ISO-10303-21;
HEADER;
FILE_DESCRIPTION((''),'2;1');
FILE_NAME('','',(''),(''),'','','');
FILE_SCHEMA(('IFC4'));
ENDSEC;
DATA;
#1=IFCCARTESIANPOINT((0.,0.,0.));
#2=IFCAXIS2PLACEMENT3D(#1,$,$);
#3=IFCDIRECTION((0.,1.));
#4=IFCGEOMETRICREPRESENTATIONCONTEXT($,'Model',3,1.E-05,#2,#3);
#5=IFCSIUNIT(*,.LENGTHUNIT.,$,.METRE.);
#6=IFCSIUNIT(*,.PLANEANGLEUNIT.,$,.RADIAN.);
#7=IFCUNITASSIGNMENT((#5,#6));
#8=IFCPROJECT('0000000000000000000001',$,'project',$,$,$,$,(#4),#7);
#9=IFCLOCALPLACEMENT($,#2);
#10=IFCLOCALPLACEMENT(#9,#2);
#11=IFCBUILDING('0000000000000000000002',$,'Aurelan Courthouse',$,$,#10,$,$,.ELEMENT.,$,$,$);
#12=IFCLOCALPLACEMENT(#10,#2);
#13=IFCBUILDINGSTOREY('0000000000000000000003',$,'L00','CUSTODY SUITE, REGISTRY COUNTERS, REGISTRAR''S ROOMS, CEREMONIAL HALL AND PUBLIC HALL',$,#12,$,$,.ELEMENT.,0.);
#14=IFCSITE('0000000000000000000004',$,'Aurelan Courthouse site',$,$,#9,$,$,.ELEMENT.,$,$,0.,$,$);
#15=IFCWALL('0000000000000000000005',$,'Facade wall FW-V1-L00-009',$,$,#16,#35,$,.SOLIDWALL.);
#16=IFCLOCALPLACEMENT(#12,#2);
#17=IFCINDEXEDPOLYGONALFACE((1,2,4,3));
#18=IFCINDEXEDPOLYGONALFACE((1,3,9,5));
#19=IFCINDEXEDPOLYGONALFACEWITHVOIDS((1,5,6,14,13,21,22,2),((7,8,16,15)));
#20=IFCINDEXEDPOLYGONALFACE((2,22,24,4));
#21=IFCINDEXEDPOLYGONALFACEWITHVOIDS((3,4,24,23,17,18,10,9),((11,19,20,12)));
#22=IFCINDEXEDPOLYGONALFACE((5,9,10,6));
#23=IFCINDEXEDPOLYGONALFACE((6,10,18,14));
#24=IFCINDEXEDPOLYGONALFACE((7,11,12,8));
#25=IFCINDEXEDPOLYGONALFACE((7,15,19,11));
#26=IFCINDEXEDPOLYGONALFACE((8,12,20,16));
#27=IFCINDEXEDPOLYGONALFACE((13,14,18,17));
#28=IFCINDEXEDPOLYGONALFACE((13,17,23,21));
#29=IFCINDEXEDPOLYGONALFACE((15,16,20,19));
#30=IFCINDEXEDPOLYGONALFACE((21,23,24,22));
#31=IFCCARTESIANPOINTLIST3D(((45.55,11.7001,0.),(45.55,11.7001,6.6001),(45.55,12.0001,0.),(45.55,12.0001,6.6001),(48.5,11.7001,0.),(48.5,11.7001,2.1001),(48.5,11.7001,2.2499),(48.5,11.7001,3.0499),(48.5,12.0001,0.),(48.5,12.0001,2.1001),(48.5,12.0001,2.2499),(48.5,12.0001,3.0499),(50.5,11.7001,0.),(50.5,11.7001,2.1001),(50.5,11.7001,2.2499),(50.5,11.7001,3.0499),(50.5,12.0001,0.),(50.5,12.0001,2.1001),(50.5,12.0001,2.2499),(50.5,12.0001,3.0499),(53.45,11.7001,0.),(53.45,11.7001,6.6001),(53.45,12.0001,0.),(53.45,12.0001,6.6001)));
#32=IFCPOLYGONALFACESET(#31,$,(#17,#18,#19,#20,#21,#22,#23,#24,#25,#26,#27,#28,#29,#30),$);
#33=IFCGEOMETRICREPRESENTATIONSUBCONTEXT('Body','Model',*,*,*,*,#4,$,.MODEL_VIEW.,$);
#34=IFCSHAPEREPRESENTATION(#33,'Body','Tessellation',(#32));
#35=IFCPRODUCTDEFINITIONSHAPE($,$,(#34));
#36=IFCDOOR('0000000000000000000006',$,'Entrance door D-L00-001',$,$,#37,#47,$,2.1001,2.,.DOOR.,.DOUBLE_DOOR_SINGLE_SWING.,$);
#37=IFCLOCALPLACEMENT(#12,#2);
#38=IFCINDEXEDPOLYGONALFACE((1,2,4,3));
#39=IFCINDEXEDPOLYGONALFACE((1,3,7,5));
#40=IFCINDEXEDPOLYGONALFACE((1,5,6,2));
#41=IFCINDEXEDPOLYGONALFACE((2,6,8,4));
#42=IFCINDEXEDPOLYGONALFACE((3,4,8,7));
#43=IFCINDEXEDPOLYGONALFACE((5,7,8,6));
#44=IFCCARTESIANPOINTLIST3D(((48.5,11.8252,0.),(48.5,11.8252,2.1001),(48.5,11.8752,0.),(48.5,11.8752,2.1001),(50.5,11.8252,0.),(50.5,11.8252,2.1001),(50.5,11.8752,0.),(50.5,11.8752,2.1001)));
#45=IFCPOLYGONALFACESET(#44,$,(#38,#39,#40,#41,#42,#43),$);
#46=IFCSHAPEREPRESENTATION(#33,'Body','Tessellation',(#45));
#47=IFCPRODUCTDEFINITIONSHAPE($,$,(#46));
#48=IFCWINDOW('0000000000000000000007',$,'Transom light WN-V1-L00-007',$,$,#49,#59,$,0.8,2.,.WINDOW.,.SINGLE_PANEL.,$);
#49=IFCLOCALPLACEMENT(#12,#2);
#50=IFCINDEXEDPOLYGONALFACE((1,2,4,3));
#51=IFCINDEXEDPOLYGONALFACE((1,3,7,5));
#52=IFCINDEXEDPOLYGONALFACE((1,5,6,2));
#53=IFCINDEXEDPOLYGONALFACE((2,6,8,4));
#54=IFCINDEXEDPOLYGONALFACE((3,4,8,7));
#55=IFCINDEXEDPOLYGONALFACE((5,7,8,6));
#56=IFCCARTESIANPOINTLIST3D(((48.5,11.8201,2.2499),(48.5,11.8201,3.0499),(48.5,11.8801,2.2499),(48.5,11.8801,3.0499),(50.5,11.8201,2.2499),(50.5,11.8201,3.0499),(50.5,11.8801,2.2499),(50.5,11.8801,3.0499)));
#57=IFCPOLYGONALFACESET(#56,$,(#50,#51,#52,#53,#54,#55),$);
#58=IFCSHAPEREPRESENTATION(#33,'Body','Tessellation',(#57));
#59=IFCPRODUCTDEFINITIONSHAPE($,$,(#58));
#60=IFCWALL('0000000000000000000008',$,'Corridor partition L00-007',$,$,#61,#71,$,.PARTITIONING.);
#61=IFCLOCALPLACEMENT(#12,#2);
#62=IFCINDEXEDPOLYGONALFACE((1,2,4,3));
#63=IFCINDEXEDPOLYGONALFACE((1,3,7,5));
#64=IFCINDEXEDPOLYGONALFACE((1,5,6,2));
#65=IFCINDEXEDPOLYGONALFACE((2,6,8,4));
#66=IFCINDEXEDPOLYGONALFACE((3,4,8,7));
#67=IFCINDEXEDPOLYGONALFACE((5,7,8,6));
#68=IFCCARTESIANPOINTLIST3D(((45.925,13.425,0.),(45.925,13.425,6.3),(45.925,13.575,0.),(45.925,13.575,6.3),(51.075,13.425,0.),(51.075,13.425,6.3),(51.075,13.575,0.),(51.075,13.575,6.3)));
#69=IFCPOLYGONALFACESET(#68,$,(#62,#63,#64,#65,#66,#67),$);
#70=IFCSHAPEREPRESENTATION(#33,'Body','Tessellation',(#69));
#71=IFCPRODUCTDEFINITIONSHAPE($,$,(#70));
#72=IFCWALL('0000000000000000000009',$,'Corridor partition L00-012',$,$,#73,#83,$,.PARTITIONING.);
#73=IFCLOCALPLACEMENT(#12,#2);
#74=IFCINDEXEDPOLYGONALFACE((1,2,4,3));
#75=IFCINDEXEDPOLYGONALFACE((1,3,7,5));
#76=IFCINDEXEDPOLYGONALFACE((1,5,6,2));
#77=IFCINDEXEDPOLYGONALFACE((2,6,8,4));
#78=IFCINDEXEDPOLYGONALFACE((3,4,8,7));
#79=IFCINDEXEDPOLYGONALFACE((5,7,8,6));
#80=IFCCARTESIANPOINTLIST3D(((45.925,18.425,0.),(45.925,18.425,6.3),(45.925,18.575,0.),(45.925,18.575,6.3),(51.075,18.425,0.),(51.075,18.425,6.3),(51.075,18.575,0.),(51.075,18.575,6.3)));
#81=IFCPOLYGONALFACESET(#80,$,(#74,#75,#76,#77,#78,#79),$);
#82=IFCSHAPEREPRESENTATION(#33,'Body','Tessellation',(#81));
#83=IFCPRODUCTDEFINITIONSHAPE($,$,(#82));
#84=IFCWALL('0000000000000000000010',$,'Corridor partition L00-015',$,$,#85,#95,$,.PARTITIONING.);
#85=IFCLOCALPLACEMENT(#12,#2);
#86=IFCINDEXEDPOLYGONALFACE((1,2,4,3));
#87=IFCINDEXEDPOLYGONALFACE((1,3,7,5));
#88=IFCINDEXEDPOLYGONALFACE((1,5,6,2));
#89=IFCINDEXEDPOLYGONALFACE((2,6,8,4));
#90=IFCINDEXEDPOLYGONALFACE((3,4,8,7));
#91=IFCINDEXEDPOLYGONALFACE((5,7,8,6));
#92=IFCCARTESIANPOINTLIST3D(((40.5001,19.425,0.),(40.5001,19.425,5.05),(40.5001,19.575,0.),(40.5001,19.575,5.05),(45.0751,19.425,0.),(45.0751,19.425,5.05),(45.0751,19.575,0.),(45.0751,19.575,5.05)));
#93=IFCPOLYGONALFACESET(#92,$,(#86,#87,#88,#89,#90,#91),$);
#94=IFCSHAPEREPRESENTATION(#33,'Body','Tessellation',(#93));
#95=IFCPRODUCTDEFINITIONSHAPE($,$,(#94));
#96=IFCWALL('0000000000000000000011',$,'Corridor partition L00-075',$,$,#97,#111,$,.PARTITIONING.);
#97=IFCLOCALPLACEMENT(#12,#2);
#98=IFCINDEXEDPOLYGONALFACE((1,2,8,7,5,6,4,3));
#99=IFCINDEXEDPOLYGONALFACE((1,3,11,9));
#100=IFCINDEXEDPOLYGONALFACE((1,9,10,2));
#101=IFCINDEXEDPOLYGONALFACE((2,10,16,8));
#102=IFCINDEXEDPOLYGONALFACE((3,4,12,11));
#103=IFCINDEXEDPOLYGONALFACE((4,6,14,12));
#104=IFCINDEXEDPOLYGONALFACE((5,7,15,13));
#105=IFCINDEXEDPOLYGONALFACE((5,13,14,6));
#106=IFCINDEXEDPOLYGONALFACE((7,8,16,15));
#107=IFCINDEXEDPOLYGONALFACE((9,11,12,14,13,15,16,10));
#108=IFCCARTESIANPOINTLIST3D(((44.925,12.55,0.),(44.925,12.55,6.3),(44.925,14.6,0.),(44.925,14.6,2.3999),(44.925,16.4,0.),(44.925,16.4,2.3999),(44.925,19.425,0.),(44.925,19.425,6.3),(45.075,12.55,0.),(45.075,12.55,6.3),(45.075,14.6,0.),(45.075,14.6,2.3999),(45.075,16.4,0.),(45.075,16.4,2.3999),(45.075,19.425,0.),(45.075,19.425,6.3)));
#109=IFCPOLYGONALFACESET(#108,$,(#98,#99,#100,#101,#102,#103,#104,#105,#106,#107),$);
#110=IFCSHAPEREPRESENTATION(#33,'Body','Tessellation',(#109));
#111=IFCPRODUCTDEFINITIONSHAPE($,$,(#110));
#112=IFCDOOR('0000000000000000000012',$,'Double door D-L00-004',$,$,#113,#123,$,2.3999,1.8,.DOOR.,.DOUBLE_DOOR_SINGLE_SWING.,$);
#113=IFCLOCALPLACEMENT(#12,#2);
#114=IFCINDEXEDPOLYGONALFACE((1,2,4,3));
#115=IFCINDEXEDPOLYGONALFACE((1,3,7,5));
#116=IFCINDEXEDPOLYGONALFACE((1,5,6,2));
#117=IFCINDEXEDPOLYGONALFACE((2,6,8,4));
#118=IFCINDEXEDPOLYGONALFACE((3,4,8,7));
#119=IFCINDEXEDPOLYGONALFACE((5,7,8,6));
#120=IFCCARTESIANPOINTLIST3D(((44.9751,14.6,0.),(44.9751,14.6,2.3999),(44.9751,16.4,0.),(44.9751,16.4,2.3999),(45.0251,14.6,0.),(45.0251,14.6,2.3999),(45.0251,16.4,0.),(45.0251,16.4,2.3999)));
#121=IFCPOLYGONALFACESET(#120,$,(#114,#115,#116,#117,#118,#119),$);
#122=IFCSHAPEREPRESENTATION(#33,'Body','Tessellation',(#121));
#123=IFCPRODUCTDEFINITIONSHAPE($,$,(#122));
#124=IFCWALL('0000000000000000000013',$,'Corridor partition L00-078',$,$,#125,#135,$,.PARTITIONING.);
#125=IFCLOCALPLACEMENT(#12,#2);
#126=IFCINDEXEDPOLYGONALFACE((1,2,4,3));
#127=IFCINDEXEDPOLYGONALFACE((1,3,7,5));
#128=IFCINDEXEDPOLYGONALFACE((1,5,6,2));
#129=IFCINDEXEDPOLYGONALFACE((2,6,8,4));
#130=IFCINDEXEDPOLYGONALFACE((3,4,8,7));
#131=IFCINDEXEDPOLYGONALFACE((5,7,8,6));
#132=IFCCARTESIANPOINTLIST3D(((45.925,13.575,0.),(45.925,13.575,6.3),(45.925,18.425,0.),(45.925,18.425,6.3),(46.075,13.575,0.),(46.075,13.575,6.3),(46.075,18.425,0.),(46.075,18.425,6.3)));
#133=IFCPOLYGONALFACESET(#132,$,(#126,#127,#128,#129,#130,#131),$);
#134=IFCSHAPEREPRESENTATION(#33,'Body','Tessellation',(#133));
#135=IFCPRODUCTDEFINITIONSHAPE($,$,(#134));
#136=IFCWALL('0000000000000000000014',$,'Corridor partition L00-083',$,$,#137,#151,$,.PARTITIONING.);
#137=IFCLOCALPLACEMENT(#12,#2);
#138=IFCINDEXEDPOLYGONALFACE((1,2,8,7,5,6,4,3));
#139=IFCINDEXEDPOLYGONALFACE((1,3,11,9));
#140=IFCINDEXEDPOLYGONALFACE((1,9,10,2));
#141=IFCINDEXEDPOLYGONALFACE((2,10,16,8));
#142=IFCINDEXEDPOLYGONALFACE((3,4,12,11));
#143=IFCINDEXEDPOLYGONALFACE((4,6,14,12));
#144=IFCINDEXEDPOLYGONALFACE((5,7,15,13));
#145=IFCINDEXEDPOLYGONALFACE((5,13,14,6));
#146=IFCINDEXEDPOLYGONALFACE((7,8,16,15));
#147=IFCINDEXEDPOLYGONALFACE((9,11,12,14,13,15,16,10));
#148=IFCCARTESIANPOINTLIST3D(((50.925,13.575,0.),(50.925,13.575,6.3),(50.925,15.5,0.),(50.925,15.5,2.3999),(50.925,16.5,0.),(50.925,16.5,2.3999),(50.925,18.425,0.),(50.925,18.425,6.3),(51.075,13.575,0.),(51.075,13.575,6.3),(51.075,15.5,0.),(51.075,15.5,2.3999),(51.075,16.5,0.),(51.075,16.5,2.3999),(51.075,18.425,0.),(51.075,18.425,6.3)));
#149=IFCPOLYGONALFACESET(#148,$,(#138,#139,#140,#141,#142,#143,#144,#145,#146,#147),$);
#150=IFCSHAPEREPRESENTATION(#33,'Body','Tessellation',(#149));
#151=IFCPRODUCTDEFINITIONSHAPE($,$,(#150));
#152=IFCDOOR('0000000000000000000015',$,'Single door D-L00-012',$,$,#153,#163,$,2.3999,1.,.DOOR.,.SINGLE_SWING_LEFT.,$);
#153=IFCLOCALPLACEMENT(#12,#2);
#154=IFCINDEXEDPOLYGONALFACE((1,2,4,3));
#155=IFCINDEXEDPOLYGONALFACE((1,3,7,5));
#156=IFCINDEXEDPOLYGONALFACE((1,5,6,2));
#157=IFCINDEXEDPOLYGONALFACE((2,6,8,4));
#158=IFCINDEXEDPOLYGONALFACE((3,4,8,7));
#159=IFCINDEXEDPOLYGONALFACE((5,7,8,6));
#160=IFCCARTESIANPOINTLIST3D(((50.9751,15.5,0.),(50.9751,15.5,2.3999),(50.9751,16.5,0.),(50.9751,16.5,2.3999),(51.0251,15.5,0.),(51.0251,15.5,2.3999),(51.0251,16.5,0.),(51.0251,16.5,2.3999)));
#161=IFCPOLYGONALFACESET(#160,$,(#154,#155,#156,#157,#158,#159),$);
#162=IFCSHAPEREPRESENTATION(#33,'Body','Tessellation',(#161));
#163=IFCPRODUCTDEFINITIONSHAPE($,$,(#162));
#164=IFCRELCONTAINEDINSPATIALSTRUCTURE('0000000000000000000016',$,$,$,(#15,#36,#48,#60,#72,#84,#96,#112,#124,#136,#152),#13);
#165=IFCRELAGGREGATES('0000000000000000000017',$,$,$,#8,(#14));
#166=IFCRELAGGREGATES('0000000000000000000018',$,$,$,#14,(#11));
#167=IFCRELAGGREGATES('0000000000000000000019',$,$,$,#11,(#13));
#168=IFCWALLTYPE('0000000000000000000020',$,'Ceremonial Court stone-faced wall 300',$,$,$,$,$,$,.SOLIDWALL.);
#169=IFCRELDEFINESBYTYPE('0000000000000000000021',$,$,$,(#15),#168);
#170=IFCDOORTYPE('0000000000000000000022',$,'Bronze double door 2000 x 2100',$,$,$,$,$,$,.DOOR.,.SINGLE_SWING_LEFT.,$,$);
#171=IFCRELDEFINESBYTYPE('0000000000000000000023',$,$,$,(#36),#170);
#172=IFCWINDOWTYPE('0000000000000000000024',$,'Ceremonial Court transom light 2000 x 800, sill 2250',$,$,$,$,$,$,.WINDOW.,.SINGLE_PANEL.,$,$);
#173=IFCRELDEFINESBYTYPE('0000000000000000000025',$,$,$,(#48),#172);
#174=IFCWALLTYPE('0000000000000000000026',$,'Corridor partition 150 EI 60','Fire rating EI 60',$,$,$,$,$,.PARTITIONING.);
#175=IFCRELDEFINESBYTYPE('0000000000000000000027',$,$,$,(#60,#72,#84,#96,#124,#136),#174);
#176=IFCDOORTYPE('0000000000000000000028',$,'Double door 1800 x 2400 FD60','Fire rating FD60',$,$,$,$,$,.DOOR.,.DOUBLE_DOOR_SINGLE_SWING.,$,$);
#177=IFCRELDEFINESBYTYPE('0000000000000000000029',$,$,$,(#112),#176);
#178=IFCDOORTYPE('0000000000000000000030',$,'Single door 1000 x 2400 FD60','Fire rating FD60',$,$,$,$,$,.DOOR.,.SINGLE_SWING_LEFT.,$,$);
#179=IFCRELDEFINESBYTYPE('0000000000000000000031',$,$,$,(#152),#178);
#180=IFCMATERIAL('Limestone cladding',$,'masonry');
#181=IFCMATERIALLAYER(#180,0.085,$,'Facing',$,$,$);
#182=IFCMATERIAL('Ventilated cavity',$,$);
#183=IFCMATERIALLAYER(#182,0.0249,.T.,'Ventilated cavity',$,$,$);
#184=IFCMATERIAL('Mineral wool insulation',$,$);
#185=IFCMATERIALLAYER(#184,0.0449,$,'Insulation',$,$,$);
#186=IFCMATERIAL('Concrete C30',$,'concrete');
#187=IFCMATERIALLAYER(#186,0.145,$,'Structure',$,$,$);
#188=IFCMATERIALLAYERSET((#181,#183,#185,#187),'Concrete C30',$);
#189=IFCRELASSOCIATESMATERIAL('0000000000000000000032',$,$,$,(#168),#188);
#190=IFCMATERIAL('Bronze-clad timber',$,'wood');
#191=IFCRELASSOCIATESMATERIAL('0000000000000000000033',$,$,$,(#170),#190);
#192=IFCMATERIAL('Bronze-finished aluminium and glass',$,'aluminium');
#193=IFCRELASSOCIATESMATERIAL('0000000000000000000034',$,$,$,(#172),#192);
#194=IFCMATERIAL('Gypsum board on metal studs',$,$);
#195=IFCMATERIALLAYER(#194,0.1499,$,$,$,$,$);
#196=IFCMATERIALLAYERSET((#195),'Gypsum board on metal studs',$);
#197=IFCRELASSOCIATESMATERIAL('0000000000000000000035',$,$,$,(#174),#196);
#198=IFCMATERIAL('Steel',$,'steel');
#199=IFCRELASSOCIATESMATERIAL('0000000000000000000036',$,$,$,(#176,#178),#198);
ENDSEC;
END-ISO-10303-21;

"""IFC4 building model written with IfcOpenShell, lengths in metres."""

from ifc_helpers import new_model, si_unit, direction, frame, frame_2d, origin, place, context, subcontext, project, spatial, rectangle, extrude, material, layer, layer_set, type_object, element, fill, save


model = new_model("IFC4")

# Units and contexts
model_context = context("Model", 3, precision=1e-05, world=origin(), true_north=direction((0.0, 1.0)))
body_context = subcontext(model_context, "Body", "Model", "MODEL_VIEW")
ifc_project = project(units=[si_unit("LENGTHUNIT", "METRE"), si_unit("PLANEANGLEUNIT", "RADIAN")], contexts=[model_context])

# Site, building, storey
site_placement = place(None, origin())
site = spatial("IfcSite", under=ifc_project, at=site_placement, Name="Aurelan Courthouse site", CompositionType="ELEMENT", RefElevation=0.0)
building_placement = place(site_placement, origin())
building = spatial("IfcBuilding", under=site, at=building_placement, Name="Aurelan Courthouse", CompositionType="ELEMENT")
storey_placement = place(building_placement, origin())
storey = spatial("IfcBuildingStorey", under=building, at=storey_placement, Name="L00", Description="CUSTODY SUITE, REGISTRY COUNTERS, REGISTRAR'S ROOMS, CEREMONIAL HALL AND PUBLIC HALL", CompositionType="ELEMENT", Elevation=0.0)

# Wall, openings, door, window
ifc_material_1 = material(Name="Limestone cladding", Category="masonry")
ifc_layer_1 = layer(ifc_material_1, 0.085, Name="Facing")
ifc_material_2 = material(Name="Ventilated cavity")
ifc_layer_2 = layer(ifc_material_2, 0.0249, ventilated=True, Name="Ventilated cavity")
ifc_material_3 = material(Name="Mineral wool insulation")
ifc_layer_3 = layer(ifc_material_3, 0.0449, Name="Insulation")
ifc_material_4 = material(Name="Concrete C30", Category="concrete")
ifc_layer_4 = layer(ifc_material_4, 0.145, Name="Structure")
ifc_layer_set_1 = layer_set([ifc_layer_1, ifc_layer_2, ifc_layer_3, ifc_layer_4], Name="Concrete C30")
wall_type_1 = type_object("IfcWallType", Name="Ceremonial Court stone-faced wall 300", PredefinedType="SOLIDWALL", material=ifc_layer_set_1)
ifc_material_5 = material(Name="Bronze-clad timber", Category="wood")
ifc_material_6 = material(Name="Bronze-finished aluminium and glass", Category="aluminium")
wall_1_placement = place(storey_placement, frame((45.55, 11.8501, 0.0), z_axis=(0.0, 0.0, 1.0), x_axis=(1.0, 0.0, 0.0)))
wall_1 = element("IfcWall", 1, at=wall_1_placement, inside=storey, type_object=wall_type_1, Name="Facade wall FW-V1-L00-009", PredefinedType="SOLIDWALL", context=body_context, shape_type="SweptSolid", body=[
    extrude(rectangle(XDim=7.8999, YDim=0.3, at=frame_2d((3.95, 0.0))), origin(), (0.0, 0.0, 1.0), 6.6001),
])
opening_1_placement = place(wall_1_placement, frame((4.95, 0.0, 0.0), z_axis=(0.0, 0.0, 1.0), x_axis=(-1.0, 0.0, 0.0)))
opening_1 = element("IfcOpeningElement", 2, at=opening_1_placement, cuts=wall_1, PredefinedType="OPENING", context=body_context, shape_type="SweptSolid", body=[
    extrude(rectangle(XDim=2.0, YDim=2.1001, at=frame_2d((1.0, 1.05))), frame((0.0, 0.1599, 0.0), z_axis=(0.0, -1.0, 0.0), x_axis=(1.0, 0.0, 0.0)), (0.0, 0.0, 1.0), 0.3201),
])
opening_2_placement = place(wall_1_placement, frame((2.95, 0.0, 2.25)))
opening_2 = element("IfcOpeningElement", 3, at=opening_2_placement, cuts=wall_1, PredefinedType="OPENING", context=body_context, shape_type="SweptSolid", body=[
    extrude(rectangle(XDim=2.0, YDim=0.8, at=frame_2d((1.0, 0.3999))), frame((0.0, 0.1599, 0.0), z_axis=(0.0, -1.0, 0.0), x_axis=(1.0, 0.0, 0.0)), (0.0, 0.0, 1.0), 0.3201),
])
door_type_1 = type_object("IfcDoorType", Name="Bronze double door 2000 x 2100", OperationType="SINGLE_SWING_LEFT", PredefinedType="DOOR", material=ifc_material_5)
door_1_placement = place(opening_1_placement, origin())
door_1 = element("IfcDoor", 4, at=door_1_placement, inside=storey, type_object=door_type_1, Name="Entrance door D-L00-001", OperationType="DOUBLE_DOOR_SINGLE_SWING", OverallHeight=2.1001, OverallWidth=2.0, PredefinedType="DOOR", context=body_context, shape_type="SweptSolid", body=[
    extrude(rectangle(XDim=2.0, YDim=2.1001, at=frame_2d((1.0, 1.05))), frame((0.0, 0.0249, 0.0), z_axis=(0.0, -1.0, 0.0), x_axis=(1.0, 0.0, 0.0)), (0.0, 0.0, 1.0), 0.05),
])
fill(opening_1, door_1)
window_type_1 = type_object("IfcWindowType", Name="Ceremonial Court transom light 2000 x 800, sill 2250", PartitioningType="SINGLE_PANEL", PredefinedType="WINDOW", material=ifc_material_6)
window_1_placement = place(opening_2_placement, origin())
window_1 = element("IfcWindow", 5, at=window_1_placement, inside=storey, type_object=window_type_1, Name="Transom light WN-V1-L00-007", OverallHeight=0.8, OverallWidth=2.0, PartitioningType="SINGLE_PANEL", PredefinedType="WINDOW", context=body_context, shape_type="SweptSolid", body=[
    extrude(rectangle(XDim=2.0, YDim=0.8, at=frame_2d((1.0, 0.3999))), frame((0.0, 0.03, 0.0), z_axis=(0.0, -1.0, 0.0), x_axis=(1.0, 0.0, 0.0)), (0.0, 0.0, 1.0), 0.0601),
])
fill(opening_2, window_1)

# Walls
ifc_material_7 = material(Name="Gypsum board on metal studs")
ifc_layer_5 = layer(ifc_material_7, 0.1499)
ifc_layer_set_2 = layer_set([ifc_layer_5], Name="Gypsum board on metal studs")
wall_type_2 = type_object("IfcWallType", Name="Corridor partition 150 EI 60", Description="Fire rating EI 60", PredefinedType="PARTITIONING", material=ifc_layer_set_2)
for number, where, z_axis, x_axis, name in (
    (6, (45.925, 13.5, 0.0), (0.0, 0.0, 1.0), (1.0, 0.0, 0.0), "Corridor partition L00-007"),
    (7, (45.925, 18.5, 0.0), (0.0, 0.0, 1.0), (1.0, 0.0, 0.0), "Corridor partition L00-012"),
):
    element("IfcWall", number, at=place(storey_placement, frame(where, z_axis=z_axis, x_axis=x_axis)), inside=storey, type_object=wall_type_2, Name=name, PredefinedType="PARTITIONING", context=body_context, shape_type="SweptSolid", body=[
        extrude(rectangle(XDim=5.1499, YDim=0.1499, at=frame_2d((2.575, 0.0))), origin(), (0.0, 0.0, 1.0), 6.3),
    ])
wall_2_placement = place(storey_placement, frame((40.5, 19.5, 0.0), z_axis=(0.0, 0.0, 1.0), x_axis=(1.0, 0.0, 0.0)))
element("IfcWall", 8, at=wall_2_placement, inside=storey, type_object=wall_type_2, Name="Corridor partition L00-015", PredefinedType="PARTITIONING", context=body_context, shape_type="SweptSolid", body=[
    extrude(rectangle(XDim=4.575, YDim=0.1499, at=frame_2d((2.2876, 0.0))), origin(), (0.0, 0.0, 1.0), 5.05),
])

# Wall, opening, door
wall_3_placement = place(storey_placement, frame((45.0, 12.55, 0.0), z_axis=(0.0, 0.0, 1.0), x_axis=(0.0, 1.0, 0.0)))
wall_3 = element("IfcWall", 9, at=wall_3_placement, inside=storey, type_object=wall_type_2, Name="Corridor partition L00-075", PredefinedType="PARTITIONING", context=body_context, shape_type="SweptSolid", body=[
    extrude(rectangle(XDim=6.875, YDim=0.1499, at=frame_2d((3.4375, 0.0))), origin(), (0.0, 0.0, 1.0), 6.3),
])
opening_3_placement = place(wall_3_placement, frame((2.05, 0.0, 0.0)))
opening_3 = element("IfcOpeningElement", 10, at=opening_3_placement, cuts=wall_3, PredefinedType="OPENING", context=body_context, shape_type="SweptSolid", body=[
    extrude(rectangle(XDim=1.8, YDim=2.3999, at=frame_2d((0.8999, 1.2))), frame((0.0, 0.085, 0.0), z_axis=(0.0, -1.0, 0.0), x_axis=(1.0, 0.0, 0.0)), (0.0, 0.0, 1.0), 0.1699),
])
ifc_material_8 = material(Name="Steel", Category="steel")
door_type_2 = type_object("IfcDoorType", Name="Double door 1800 x 2400 FD60", Description="Fire rating FD60", OperationType="DOUBLE_DOOR_SINGLE_SWING", PredefinedType="DOOR", material=ifc_material_8)
door_2_placement = place(opening_3_placement, origin())
door_2 = element("IfcDoor", 11, at=door_2_placement, inside=storey, type_object=door_type_2, Name="Double door D-L00-004", OperationType="DOUBLE_DOOR_SINGLE_SWING", OverallHeight=2.3999, OverallWidth=1.8, PredefinedType="DOOR", context=body_context, shape_type="SweptSolid", body=[
    extrude(rectangle(XDim=1.8, YDim=2.3999, at=frame_2d((0.8999, 1.2))), frame((0.0, 0.0249, 0.0), z_axis=(0.0, -1.0, 0.0), x_axis=(1.0, 0.0, 0.0)), (0.0, 0.0, 1.0), 0.05),
])
fill(opening_3, door_2)

# Wall
wall_4_placement = place(storey_placement, frame((46.0, 13.575, 0.0), z_axis=(0.0, 0.0, 1.0), x_axis=(0.0, 1.0, 0.0)))
element("IfcWall", 12, at=wall_4_placement, inside=storey, type_object=wall_type_2, Name="Corridor partition L00-078", PredefinedType="PARTITIONING", context=body_context, shape_type="SweptSolid", body=[
    extrude(rectangle(XDim=4.8501, YDim=0.1499, at=frame_2d((2.425, 0.0))), origin(), (0.0, 0.0, 1.0), 6.3),
])

# Wall, opening, door
wall_5_placement = place(storey_placement, frame((51.0, 13.575, 0.0), z_axis=(0.0, 0.0, 1.0), x_axis=(0.0, 1.0, 0.0)))
wall_5 = element("IfcWall", 13, at=wall_5_placement, inside=storey, type_object=wall_type_2, Name="Corridor partition L00-083", PredefinedType="PARTITIONING", context=body_context, shape_type="SweptSolid", body=[
    extrude(rectangle(XDim=4.8501, YDim=0.1499, at=frame_2d((2.425, 0.0))), origin(), (0.0, 0.0, 1.0), 6.3),
])
opening_4_placement = place(wall_5_placement, frame((1.925, 0.0, 0.0)))
opening_4 = element("IfcOpeningElement", 14, at=opening_4_placement, cuts=wall_5, PredefinedType="OPENING", context=body_context, shape_type="SweptSolid", body=[
    extrude(rectangle(XDim=1.0, YDim=2.3999, at=frame_2d((0.5, 1.2))), frame((0.0, 0.085, 0.0), z_axis=(0.0, -1.0, 0.0), x_axis=(1.0, 0.0, 0.0)), (0.0, 0.0, 1.0), 0.1699),
])
door_type_3 = type_object("IfcDoorType", Name="Single door 1000 x 2400 FD60", Description="Fire rating FD60", OperationType="SINGLE_SWING_LEFT", PredefinedType="DOOR", material=ifc_material_8)
door_3_placement = place(opening_4_placement, origin())
door_3 = element("IfcDoor", 15, at=door_3_placement, inside=storey, type_object=door_type_3, Name="Single door D-L00-012", OperationType="SINGLE_SWING_LEFT", OverallHeight=2.3999, OverallWidth=1.0, PredefinedType="DOOR", context=body_context, shape_type="SweptSolid", body=[
    extrude(rectangle(XDim=1.0, YDim=2.3999, at=frame_2d((0.5, 1.2))), frame((0.0, 0.0249, 0.0), z_axis=(0.0, -1.0, 0.0), x_axis=(1.0, 0.0, 0.0)), (0.0, 0.0, 1.0), 0.05),
])
fill(opening_4, door_3)

save(model, "model.ifc")
